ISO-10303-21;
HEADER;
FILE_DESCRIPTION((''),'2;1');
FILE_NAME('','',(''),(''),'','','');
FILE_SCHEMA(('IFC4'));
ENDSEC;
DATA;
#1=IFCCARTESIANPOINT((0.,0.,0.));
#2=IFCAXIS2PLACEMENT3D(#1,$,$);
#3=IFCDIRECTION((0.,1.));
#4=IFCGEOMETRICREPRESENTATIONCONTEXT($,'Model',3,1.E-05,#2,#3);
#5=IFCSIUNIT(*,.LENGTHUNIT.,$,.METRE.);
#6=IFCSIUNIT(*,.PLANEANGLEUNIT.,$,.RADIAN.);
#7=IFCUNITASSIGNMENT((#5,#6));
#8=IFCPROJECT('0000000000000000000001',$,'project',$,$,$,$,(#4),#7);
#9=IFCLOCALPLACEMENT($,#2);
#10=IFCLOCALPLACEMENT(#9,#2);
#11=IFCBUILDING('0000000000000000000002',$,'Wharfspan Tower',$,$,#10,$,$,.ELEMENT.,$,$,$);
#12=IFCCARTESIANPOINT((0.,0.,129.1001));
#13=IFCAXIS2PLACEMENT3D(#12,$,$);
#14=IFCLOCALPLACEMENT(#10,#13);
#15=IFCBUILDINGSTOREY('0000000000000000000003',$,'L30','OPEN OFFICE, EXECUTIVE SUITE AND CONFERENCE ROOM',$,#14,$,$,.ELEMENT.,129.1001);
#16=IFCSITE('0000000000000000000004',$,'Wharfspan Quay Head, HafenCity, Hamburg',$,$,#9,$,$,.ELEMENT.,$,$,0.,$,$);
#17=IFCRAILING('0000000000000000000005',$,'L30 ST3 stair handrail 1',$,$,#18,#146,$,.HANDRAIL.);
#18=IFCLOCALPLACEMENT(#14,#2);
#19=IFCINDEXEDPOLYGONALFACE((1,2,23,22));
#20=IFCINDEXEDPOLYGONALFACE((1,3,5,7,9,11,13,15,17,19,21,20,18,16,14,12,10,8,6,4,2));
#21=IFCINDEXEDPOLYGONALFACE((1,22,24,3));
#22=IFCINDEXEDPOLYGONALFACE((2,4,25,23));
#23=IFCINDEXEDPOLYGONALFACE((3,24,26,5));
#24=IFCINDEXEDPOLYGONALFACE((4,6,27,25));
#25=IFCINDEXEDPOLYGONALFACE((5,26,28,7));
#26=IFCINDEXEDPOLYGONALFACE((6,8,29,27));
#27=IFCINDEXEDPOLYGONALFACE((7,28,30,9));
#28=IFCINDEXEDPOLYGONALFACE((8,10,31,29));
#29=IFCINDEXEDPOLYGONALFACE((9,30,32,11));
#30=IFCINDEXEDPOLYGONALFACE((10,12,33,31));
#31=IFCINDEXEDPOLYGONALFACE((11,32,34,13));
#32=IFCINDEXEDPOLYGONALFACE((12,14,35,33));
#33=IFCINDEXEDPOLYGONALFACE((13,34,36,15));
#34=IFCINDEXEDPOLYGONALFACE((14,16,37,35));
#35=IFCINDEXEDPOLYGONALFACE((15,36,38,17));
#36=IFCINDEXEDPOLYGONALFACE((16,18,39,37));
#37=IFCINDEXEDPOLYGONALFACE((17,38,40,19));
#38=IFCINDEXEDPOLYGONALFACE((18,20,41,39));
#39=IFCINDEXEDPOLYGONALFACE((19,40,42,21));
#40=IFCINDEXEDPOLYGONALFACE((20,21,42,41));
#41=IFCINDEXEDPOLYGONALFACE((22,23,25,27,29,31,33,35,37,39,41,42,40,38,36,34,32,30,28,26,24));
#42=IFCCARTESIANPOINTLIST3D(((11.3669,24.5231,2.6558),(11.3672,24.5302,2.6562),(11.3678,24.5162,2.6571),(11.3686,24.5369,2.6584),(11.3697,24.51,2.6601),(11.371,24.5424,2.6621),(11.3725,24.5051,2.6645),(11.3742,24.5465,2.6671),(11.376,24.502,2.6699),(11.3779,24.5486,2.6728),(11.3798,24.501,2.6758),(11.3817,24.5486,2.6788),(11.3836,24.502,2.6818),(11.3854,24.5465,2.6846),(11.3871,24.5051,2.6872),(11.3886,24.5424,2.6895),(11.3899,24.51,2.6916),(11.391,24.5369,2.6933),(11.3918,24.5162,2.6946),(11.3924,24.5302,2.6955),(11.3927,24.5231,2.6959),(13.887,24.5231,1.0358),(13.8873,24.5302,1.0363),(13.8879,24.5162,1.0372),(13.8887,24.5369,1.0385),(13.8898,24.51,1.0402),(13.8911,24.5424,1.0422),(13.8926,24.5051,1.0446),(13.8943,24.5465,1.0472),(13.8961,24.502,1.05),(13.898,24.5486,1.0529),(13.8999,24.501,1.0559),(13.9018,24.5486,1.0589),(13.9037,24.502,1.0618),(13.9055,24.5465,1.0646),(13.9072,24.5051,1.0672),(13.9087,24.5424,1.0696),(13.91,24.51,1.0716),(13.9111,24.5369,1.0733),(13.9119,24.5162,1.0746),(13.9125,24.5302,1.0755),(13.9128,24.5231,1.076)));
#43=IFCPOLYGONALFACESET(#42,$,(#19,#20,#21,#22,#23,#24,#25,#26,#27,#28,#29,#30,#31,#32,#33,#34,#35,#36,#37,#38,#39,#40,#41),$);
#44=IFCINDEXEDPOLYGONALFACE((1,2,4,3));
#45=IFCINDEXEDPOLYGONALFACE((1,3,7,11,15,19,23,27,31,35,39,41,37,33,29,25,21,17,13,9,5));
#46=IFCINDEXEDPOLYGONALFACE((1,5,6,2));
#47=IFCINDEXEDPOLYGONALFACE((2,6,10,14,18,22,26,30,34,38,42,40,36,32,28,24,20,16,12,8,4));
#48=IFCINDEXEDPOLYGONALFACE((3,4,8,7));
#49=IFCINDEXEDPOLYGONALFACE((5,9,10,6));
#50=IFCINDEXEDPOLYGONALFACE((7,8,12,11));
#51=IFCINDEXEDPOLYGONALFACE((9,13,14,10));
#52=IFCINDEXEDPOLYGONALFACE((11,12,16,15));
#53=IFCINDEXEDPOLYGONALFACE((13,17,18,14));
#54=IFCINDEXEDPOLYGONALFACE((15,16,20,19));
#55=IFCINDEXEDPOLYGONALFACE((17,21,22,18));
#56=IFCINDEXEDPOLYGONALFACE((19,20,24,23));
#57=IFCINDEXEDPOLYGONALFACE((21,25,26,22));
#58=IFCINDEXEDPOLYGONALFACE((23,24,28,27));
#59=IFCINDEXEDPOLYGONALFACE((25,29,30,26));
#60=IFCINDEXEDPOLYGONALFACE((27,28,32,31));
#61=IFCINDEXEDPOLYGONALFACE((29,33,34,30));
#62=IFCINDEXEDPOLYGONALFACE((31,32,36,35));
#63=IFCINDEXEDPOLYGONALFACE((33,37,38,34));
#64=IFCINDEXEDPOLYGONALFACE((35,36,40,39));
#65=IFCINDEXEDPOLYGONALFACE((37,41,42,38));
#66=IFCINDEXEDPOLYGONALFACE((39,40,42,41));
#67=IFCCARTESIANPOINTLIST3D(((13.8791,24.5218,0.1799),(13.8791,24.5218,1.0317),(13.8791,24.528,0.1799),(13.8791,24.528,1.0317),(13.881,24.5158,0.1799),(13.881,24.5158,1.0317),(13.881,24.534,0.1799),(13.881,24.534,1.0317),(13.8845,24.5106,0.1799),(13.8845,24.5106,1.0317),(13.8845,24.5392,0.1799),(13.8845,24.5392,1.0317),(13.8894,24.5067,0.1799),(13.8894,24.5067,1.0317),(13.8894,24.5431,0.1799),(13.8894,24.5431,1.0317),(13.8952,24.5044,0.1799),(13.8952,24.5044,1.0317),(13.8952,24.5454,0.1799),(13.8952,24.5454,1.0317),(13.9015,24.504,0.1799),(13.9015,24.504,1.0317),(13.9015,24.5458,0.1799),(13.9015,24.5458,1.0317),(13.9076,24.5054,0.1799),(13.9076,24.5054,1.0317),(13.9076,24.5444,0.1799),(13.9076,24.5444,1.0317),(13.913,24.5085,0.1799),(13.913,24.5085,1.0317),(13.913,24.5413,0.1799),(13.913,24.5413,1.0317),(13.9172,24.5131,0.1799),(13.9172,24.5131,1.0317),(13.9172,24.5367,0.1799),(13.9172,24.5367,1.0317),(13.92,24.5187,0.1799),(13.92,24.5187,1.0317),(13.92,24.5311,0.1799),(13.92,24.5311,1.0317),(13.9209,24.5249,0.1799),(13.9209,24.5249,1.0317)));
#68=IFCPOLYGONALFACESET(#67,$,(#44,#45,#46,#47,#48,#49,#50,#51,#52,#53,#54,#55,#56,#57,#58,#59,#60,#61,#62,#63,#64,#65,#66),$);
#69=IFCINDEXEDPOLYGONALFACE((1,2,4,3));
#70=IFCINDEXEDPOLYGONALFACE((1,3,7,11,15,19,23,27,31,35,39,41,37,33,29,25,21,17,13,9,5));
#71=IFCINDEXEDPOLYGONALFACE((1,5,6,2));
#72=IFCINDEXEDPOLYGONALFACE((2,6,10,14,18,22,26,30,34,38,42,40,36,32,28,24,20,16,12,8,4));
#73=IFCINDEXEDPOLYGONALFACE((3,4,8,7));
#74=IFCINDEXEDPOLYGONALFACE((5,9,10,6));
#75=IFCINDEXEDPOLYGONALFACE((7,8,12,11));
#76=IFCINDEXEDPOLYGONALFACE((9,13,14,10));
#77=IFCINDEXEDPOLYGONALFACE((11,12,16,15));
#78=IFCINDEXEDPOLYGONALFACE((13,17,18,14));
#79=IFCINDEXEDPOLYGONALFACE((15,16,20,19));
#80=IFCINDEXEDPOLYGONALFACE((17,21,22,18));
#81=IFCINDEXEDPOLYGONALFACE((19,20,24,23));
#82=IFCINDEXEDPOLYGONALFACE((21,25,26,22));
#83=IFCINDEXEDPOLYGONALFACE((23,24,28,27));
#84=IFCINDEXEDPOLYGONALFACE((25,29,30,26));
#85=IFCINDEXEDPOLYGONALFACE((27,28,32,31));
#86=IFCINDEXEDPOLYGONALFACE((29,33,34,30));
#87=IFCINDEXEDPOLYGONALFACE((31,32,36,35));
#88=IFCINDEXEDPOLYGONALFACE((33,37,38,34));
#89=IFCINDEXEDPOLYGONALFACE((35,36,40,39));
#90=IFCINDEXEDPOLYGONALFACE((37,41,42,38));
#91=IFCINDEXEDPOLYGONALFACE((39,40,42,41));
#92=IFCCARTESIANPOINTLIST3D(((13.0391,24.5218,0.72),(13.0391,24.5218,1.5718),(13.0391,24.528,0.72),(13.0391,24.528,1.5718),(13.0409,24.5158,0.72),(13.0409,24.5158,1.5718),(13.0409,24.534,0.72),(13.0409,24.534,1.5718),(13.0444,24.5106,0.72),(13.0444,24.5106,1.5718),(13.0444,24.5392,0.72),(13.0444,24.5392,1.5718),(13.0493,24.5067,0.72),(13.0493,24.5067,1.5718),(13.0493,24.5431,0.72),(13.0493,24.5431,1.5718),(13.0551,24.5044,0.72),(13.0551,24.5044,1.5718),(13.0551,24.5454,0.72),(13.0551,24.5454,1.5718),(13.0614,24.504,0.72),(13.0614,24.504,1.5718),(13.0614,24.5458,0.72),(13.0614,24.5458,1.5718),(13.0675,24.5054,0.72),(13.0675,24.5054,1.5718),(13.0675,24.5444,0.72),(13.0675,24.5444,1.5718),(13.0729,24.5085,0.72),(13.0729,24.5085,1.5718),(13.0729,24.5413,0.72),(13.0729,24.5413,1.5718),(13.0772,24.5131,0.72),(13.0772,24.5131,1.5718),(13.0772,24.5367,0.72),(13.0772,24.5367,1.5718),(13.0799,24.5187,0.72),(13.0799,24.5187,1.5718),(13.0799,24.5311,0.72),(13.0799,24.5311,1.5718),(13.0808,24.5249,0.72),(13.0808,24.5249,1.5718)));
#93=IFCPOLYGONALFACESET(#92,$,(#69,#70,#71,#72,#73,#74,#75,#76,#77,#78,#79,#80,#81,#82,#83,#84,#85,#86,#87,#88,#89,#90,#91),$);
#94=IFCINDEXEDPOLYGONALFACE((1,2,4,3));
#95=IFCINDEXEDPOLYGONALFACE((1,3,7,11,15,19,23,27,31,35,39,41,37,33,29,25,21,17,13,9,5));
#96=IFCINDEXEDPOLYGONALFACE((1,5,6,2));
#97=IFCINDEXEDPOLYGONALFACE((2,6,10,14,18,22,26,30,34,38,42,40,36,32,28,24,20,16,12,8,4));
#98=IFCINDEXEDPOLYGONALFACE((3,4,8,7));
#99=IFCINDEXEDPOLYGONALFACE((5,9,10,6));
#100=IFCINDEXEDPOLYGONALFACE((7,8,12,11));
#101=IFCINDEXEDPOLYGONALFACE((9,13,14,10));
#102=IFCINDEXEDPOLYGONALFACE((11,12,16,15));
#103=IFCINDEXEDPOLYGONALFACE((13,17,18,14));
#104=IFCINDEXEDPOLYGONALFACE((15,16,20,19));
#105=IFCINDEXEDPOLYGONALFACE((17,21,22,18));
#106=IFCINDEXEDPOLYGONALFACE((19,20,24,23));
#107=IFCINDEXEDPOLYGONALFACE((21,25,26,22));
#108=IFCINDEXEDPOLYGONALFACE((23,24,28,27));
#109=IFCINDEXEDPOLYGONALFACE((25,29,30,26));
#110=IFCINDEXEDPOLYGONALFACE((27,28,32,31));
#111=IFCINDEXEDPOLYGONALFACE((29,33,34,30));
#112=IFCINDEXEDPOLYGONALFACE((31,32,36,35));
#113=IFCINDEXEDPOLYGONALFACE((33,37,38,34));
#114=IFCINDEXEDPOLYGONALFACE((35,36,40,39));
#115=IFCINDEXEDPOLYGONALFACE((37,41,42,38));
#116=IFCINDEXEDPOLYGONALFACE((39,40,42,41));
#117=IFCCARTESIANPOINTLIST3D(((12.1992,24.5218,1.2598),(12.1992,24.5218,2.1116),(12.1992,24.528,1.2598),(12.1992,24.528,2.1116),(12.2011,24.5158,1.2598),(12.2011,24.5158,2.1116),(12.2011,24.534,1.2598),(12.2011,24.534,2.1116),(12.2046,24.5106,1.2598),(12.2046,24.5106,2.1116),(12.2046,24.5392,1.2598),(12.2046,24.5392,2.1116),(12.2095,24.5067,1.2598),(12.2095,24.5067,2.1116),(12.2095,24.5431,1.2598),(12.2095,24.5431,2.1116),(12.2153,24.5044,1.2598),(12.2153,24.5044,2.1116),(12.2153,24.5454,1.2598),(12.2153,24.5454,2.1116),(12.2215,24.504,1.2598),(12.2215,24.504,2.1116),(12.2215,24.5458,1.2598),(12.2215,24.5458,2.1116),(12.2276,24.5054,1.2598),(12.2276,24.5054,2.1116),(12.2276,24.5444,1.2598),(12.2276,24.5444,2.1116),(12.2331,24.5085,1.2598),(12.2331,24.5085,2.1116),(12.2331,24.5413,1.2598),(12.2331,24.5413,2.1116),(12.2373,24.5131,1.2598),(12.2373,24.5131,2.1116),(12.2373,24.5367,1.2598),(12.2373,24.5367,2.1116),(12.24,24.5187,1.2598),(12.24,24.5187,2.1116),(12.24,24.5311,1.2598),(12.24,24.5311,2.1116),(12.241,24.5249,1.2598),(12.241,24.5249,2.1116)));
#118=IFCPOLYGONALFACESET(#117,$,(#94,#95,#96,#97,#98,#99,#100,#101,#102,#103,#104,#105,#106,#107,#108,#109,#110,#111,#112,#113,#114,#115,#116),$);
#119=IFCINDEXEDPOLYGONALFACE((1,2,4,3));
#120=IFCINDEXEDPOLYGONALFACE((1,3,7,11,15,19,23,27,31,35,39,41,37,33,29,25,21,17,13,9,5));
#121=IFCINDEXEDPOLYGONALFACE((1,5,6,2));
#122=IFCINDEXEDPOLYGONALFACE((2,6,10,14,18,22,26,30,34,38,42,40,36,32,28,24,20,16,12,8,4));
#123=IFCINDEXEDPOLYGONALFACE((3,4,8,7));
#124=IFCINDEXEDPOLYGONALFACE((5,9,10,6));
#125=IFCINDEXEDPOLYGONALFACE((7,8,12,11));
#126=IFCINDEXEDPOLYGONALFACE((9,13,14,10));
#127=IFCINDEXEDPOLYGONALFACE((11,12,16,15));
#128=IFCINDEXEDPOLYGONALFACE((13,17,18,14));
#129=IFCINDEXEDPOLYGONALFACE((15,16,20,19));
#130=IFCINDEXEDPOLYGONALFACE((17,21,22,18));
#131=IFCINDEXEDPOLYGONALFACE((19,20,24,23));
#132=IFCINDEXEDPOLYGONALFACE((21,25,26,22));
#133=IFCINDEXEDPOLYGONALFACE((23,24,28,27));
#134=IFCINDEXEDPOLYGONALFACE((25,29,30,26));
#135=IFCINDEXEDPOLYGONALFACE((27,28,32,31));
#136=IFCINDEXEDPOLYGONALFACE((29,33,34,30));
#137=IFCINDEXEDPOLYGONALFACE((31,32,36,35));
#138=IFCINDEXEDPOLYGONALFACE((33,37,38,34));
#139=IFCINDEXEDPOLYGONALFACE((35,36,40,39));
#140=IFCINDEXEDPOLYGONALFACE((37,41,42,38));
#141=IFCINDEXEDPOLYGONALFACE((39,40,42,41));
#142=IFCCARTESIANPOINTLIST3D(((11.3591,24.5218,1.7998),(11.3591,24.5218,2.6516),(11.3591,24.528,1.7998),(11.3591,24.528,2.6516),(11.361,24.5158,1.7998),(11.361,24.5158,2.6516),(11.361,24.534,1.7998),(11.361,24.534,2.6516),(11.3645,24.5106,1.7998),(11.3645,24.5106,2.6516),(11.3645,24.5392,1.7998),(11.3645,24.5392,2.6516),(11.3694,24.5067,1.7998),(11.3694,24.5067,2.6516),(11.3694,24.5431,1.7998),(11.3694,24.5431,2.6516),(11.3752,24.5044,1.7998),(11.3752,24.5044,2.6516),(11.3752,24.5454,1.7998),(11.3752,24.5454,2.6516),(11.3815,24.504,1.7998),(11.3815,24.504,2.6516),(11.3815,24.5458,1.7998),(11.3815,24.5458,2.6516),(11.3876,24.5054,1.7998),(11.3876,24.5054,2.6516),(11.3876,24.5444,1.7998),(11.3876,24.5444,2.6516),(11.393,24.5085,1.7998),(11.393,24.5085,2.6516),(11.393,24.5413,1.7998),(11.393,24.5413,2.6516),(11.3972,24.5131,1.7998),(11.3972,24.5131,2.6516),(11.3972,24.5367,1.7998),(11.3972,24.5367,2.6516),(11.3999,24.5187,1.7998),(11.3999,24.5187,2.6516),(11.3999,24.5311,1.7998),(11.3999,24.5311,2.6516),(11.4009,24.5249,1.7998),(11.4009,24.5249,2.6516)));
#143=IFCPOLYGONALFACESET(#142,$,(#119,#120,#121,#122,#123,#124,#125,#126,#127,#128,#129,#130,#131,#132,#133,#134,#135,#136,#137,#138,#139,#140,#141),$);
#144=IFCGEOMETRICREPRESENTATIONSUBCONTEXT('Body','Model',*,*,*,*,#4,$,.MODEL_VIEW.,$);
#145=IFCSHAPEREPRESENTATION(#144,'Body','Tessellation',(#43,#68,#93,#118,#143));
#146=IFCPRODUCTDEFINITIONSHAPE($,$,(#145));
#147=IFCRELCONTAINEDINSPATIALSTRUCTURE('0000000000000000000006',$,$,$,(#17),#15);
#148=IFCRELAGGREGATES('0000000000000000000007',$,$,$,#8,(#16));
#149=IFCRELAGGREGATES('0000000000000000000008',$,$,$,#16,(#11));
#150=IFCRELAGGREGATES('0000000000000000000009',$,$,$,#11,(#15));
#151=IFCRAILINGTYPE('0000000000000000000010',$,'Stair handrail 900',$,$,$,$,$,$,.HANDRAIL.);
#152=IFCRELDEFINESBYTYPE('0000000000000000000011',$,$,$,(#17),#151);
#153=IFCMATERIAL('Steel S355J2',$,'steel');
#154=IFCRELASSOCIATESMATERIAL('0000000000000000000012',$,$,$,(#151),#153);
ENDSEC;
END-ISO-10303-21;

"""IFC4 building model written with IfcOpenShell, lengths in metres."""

from ifc_helpers import new_model, si_unit, direction, frame, origin, origin_2d, place, context, subcontext, project, spatial, circle, extrude, material, type_object, element, save


model = new_model("IFC4")

# Units and contexts
model_context = context("Model", 3, precision=1e-05, world=origin(), true_north=direction((0.0, 1.0)))
body_context = subcontext(model_context, "Body", "Model", "MODEL_VIEW")
ifc_project = project(units=[si_unit("LENGTHUNIT", "METRE"), si_unit("PLANEANGLEUNIT", "RADIAN")], contexts=[model_context])

# Site, building, storey
site_placement = place(None, origin())
site = spatial("IfcSite", under=ifc_project, at=site_placement, Name="Wharfspan Quay Head, HafenCity, Hamburg", CompositionType="ELEMENT", RefElevation=0.0)
building_placement = place(site_placement, origin())
building = spatial("IfcBuilding", under=site, at=building_placement, Name="Wharfspan Tower", CompositionType="ELEMENT")
storey_placement = place(building_placement, frame((0.0, 0.0, 129.1001)))
storey = spatial("IfcBuildingStorey", under=building, at=storey_placement, Name="L30", Description="OPEN OFFICE, EXECUTIVE SUITE AND CONFERENCE ROOM", CompositionType="ELEMENT", Elevation=129.1001)

# Shared definitions
ifc_material_1 = material(Name="Steel S355J2", Category="steel")

# Railing
railing_type_1 = type_object("IfcRailingType", Name="Stair handrail 900", PredefinedType="HANDRAIL", material=ifc_material_1)
railing_1_placement = place(storey_placement, frame((13.8999, 24.5249, 0.1799)))
element("IfcRailing", 1, at=railing_1_placement, inside=storey, type_object=railing_type_1, Name="L30 ST3 stair handrail 1", PredefinedType="HANDRAIL", context=body_context, shape_type="SweptSolid", body=[
    extrude(circle(Radius=0.0239, at=origin_2d()), frame((0.0, 0.0, 0.876), z_axis=(-0.8412, 0.0, 0.540725), x_axis=(0.0, -1.0, 0.0)), (0.0, 0.0, 1.0), 2.9958),
    extrude(circle(Radius=0.021, at=origin_2d()), origin(), (0.0, 0.0, 1.0), 0.8518),
    extrude(circle(Radius=0.021, at=origin_2d()), frame((-0.8401, 0.0, 0.54)), (0.0, 0.0, 1.0), 0.8518),
    extrude(circle(Radius=0.021, at=origin_2d()), frame((-1.6799, 0.0, 1.0798)), (0.0, 0.0, 1.0), 0.8518),
    extrude(circle(Radius=0.021, at=origin_2d()), frame((-2.52, 0.0, 1.6199)), (0.0, 0.0, 1.0), 0.8518),
])

save(model, "model.ifc")
